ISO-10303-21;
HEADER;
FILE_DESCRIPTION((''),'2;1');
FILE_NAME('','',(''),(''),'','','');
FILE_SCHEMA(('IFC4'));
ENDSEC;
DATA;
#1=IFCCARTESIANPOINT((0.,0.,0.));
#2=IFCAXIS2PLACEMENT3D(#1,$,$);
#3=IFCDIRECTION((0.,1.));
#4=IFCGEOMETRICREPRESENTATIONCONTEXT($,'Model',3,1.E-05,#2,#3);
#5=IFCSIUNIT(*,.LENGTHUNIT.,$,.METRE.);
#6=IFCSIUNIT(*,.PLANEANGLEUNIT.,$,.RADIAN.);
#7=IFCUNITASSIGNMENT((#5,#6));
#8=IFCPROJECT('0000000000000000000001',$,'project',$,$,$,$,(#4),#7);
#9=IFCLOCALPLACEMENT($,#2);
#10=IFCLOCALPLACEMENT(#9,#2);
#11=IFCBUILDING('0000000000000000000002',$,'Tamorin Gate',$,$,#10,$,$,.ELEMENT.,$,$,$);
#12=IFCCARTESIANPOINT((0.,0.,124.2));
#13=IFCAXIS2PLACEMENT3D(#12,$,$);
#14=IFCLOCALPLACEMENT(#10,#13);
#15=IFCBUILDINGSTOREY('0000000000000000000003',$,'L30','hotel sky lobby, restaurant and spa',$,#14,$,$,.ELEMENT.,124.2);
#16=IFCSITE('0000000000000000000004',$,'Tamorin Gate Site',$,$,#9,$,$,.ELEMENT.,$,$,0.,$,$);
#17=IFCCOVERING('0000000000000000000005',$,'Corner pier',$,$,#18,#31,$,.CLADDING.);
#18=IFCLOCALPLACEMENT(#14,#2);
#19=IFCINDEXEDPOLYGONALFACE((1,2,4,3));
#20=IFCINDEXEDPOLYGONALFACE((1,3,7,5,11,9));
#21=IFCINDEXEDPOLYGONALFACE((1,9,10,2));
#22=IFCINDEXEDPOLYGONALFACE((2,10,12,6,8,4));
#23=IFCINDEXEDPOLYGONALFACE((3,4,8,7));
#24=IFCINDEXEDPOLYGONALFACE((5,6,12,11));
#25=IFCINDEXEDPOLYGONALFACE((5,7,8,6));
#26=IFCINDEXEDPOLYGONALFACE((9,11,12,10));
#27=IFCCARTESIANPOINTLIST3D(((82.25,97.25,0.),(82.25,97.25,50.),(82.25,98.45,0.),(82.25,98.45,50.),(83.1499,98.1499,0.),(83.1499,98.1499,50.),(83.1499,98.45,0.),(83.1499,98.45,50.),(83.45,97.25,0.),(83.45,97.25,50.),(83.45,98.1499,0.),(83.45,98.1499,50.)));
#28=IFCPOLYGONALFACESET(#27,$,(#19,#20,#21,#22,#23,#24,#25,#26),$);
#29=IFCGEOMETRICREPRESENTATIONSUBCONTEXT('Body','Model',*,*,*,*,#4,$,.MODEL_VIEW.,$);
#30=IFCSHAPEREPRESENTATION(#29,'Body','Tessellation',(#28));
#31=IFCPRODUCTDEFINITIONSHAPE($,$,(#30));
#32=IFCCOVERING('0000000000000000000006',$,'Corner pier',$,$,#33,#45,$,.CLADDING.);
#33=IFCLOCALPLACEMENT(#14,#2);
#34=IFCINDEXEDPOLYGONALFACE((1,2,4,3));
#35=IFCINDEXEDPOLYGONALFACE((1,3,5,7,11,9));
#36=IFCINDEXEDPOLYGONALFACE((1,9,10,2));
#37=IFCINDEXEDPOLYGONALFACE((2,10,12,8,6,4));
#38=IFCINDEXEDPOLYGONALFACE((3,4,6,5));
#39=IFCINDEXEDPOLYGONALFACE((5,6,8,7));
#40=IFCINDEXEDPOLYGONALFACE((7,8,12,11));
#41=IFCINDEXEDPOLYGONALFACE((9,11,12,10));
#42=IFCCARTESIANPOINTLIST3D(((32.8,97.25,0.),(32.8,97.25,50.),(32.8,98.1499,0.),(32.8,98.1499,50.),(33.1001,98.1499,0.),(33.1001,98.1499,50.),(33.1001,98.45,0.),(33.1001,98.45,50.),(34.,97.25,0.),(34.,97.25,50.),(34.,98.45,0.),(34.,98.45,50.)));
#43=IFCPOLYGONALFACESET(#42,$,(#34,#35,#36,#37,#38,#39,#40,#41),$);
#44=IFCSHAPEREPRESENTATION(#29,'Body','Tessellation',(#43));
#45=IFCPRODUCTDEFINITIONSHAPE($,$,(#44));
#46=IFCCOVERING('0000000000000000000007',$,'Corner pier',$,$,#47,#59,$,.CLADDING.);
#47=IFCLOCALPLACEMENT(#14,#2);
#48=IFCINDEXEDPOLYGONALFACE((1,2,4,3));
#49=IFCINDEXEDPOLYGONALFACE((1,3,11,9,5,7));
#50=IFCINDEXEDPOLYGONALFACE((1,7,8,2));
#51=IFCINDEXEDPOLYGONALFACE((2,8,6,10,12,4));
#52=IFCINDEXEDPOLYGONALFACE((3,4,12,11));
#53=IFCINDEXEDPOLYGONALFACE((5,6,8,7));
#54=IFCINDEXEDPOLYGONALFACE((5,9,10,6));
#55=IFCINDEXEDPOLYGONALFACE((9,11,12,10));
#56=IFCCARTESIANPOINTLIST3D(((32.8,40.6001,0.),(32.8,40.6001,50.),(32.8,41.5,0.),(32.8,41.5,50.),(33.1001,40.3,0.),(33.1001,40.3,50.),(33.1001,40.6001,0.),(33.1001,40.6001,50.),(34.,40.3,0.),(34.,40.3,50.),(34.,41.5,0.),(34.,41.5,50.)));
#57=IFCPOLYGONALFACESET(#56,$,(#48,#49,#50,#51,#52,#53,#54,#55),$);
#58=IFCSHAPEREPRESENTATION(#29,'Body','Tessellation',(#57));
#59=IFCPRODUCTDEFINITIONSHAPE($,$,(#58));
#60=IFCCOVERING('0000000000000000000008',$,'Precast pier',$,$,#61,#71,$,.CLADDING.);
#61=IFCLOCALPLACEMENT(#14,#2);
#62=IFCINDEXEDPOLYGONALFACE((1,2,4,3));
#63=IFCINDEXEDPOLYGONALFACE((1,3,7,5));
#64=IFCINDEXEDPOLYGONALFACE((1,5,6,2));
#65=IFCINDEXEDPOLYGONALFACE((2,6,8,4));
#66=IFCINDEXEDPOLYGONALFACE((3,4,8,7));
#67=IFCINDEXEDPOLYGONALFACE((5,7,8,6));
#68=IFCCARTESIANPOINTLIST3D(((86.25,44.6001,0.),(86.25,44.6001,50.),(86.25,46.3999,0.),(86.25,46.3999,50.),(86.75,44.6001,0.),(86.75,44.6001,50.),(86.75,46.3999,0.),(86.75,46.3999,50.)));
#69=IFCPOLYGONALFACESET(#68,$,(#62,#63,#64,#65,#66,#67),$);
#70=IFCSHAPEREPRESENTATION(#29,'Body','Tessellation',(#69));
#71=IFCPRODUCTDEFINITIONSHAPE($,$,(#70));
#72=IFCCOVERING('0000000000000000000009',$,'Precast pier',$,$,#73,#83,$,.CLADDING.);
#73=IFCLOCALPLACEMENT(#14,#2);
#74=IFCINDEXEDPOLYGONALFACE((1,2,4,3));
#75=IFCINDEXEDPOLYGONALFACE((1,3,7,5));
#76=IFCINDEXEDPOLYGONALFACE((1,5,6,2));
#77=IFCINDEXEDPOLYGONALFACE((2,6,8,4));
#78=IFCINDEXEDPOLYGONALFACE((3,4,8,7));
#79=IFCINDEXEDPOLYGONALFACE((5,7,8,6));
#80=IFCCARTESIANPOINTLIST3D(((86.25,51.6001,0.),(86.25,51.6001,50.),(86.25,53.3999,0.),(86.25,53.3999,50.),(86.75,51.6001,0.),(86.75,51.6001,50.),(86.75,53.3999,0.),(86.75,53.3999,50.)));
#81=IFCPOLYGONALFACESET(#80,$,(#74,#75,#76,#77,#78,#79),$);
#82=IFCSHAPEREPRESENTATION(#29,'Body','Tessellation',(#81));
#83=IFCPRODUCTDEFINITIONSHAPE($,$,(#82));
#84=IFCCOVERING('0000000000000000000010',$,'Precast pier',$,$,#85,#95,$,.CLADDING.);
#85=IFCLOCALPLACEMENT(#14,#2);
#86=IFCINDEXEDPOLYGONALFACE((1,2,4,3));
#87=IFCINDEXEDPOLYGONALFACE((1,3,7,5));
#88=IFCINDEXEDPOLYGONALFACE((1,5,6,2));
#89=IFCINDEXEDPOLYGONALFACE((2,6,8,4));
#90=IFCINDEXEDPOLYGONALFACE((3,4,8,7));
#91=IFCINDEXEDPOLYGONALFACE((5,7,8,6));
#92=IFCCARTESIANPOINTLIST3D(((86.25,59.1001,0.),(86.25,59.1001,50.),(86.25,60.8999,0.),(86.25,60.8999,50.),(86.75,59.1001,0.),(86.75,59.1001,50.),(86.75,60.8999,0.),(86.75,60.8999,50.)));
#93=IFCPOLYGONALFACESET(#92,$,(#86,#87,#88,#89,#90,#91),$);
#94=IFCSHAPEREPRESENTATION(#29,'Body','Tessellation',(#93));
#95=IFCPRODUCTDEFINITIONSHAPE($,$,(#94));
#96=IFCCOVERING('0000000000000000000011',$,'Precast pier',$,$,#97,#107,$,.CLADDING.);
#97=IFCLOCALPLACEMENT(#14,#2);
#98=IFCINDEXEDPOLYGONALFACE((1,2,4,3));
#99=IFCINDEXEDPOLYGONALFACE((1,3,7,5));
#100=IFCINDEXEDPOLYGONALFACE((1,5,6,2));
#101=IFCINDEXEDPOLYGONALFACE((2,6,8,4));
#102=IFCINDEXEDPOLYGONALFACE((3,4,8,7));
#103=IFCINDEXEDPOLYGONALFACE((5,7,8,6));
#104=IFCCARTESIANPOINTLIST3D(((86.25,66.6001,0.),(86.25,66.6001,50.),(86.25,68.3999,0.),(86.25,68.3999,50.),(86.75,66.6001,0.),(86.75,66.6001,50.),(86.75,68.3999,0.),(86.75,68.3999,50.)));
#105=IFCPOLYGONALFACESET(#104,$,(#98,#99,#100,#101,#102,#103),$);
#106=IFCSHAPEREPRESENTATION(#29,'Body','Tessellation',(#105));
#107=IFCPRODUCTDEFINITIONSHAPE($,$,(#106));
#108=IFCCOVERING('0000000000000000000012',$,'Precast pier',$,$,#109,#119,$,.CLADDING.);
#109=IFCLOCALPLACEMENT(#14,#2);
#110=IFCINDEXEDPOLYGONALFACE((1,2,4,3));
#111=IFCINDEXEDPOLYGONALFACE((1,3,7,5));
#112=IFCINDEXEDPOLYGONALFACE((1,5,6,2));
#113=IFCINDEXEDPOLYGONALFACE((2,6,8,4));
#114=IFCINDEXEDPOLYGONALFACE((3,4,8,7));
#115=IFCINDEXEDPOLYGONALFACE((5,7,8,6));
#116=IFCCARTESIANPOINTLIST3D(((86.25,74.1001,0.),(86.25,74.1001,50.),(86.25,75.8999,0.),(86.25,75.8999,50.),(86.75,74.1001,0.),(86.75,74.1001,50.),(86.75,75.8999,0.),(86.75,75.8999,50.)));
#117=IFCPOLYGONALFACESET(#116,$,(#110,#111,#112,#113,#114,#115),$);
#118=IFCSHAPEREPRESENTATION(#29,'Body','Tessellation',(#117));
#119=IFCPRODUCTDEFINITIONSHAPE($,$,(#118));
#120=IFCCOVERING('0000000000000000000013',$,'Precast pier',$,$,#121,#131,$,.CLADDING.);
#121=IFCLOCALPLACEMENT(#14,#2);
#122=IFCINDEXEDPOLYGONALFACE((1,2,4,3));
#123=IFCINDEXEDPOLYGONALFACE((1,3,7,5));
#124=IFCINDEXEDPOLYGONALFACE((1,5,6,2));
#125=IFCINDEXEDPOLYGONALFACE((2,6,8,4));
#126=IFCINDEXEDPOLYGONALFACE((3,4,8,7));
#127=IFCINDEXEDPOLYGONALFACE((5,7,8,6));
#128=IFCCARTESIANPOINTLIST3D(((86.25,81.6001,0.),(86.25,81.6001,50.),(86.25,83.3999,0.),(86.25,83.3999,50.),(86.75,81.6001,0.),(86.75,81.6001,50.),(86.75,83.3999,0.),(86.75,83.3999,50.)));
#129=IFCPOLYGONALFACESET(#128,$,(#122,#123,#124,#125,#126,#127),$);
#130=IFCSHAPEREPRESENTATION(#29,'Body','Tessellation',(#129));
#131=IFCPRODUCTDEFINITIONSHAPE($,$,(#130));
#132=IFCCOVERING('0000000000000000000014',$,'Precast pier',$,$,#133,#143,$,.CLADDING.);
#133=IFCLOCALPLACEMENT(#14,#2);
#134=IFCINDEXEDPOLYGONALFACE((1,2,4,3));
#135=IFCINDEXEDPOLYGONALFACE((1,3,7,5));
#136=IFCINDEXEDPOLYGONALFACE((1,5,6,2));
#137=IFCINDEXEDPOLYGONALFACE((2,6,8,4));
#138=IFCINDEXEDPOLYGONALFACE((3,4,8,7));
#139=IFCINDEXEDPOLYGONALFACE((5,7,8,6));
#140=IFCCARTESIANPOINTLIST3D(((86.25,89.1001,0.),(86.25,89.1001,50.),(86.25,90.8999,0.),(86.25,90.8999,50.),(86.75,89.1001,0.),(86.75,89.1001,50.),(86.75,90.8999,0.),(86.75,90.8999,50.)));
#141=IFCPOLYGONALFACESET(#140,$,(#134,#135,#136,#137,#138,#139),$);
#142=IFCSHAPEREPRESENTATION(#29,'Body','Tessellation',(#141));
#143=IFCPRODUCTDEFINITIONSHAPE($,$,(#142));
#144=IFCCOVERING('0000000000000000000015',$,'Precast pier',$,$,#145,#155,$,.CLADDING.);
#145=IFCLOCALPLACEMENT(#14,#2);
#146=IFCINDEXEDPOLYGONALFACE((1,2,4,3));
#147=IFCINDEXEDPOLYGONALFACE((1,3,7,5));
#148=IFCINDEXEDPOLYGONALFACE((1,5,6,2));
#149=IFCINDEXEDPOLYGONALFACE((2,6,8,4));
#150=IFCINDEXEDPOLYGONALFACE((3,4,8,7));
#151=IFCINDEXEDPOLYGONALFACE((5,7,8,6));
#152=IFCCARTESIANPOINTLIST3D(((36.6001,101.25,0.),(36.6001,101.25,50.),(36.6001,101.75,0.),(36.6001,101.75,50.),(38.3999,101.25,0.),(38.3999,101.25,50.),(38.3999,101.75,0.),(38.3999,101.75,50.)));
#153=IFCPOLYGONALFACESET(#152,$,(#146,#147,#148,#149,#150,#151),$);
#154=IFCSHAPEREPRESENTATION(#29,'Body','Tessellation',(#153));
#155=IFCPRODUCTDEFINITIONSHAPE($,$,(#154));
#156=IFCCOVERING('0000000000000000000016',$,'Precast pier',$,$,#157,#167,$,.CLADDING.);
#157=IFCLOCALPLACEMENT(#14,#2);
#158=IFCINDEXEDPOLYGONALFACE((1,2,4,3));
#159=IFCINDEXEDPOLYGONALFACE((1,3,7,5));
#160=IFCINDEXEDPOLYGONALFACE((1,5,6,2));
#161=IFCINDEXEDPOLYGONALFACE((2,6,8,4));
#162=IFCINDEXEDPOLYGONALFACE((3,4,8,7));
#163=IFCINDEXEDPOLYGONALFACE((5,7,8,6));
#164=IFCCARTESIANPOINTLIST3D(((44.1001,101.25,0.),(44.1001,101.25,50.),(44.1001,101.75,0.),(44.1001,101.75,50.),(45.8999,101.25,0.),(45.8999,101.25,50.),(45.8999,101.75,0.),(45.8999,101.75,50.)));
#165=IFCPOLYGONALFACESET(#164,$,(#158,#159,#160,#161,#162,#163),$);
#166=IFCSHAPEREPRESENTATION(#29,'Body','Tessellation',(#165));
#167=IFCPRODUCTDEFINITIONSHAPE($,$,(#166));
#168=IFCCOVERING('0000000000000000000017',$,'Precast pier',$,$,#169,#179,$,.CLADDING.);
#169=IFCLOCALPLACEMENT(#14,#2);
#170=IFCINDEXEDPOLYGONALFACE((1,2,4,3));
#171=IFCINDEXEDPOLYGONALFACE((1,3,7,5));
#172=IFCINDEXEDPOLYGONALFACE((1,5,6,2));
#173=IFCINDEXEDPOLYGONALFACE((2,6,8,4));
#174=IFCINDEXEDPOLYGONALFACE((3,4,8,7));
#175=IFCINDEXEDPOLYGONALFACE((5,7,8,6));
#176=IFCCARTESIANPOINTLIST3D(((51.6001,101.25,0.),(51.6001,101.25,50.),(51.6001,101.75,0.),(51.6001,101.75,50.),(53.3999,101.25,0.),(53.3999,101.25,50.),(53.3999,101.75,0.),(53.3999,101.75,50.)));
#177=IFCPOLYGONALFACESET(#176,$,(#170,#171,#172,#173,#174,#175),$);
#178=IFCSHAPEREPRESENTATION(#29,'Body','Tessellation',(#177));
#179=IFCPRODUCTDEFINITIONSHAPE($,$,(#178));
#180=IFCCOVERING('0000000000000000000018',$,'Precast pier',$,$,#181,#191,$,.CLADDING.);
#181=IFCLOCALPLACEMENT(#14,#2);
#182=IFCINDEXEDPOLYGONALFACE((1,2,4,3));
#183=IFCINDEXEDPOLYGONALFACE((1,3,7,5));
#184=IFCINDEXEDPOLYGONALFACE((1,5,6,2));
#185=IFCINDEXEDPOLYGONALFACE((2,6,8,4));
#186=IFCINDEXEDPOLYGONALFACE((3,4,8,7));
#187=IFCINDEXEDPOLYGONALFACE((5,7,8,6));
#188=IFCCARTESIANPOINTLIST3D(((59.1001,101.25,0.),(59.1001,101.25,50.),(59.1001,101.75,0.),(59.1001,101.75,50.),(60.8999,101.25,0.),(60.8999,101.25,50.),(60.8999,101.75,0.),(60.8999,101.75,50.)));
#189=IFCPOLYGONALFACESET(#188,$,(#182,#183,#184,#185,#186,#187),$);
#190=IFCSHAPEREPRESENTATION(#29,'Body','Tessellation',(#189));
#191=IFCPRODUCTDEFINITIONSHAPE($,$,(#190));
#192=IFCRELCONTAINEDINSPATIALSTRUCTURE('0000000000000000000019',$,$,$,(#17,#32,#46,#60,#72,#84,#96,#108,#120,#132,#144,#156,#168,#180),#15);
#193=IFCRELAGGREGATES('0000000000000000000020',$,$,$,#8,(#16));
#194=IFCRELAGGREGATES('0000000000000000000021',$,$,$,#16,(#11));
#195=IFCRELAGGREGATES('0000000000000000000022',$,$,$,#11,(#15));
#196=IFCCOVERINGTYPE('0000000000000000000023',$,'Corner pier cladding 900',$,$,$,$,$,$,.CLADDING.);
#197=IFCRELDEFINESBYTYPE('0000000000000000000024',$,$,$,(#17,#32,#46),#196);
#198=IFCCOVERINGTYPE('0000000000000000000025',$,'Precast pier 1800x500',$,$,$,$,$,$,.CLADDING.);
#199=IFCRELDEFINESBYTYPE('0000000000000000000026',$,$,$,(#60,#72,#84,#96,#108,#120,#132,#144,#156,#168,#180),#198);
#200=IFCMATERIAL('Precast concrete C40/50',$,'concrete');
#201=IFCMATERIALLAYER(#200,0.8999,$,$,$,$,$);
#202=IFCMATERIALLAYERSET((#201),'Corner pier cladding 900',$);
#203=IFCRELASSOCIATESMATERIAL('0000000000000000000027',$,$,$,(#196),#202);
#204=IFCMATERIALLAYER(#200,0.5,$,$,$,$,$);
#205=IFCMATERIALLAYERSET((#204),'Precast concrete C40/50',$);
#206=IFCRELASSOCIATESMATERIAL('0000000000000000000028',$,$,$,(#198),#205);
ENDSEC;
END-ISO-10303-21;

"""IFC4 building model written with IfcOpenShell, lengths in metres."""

from ifc_helpers import new_model, si_unit, direction, frame, origin, place, context, subcontext, project, spatial, polyline, outline, extrude, material, layer, layer_set, type_object, element, save


model = new_model("IFC4")

# Units and contexts
model_context = context("Model", 3, precision=1e-05, world=origin(), true_north=direction((0.0, 1.0)))
body_context = subcontext(model_context, "Body", "Model", "MODEL_VIEW")
ifc_project = project(units=[si_unit("LENGTHUNIT", "METRE"), si_unit("PLANEANGLEUNIT", "RADIAN")], contexts=[model_context])

# Site, building, storey
site_placement = place(None, origin())
site = spatial("IfcSite", under=ifc_project, at=site_placement, Name="Tamorin Gate Site", CompositionType="ELEMENT", RefElevation=0.0)
building_placement = place(site_placement, origin())
building = spatial("IfcBuilding", under=site, at=building_placement, Name="Tamorin Gate", CompositionType="ELEMENT")
storey_placement = place(building_placement, frame((0.0, 0.0, 124.2)))
storey = spatial("IfcBuildingStorey", under=building, at=storey_placement, Name="L30", Description="hotel sky lobby, restaurant and spa", CompositionType="ELEMENT", Elevation=124.2)

# Coverings
ifc_material_1 = material(Name="Precast concrete C40/50", Category="concrete")
ifc_layer_1 = layer(ifc_material_1, 0.8999)
ifc_layer_set_1 = layer_set([ifc_layer_1], Name="Corner pier cladding 900")
covering_type_1 = type_object("IfcCoveringType", Name="Corner pier cladding 900", PredefinedType="CLADDING", material=ifc_layer_set_1)
covering_1_placement = place(storey_placement, origin())
element("IfcCovering", 1, at=covering_1_placement, inside=storey, type_object=covering_type_1, Name="Corner pier", PredefinedType="CLADDING", context=body_context, shape_type="SweptSolid", body=[
    extrude(outline(polyline([(83.1499, 98.1499), (83.45, 98.1499), (83.45, 97.25), (82.25, 97.25), (82.25, 98.45), (83.1499, 98.45), (83.1499, 98.1499)])), origin(), (0.0, 0.0, 1.0), 50.0),
])
covering_2_placement = place(storey_placement, origin())
element("IfcCovering", 2, at=covering_2_placement, inside=storey, type_object=covering_type_1, Name="Corner pier", PredefinedType="CLADDING", context=body_context, shape_type="SweptSolid", body=[
    extrude(outline(polyline([(33.1001, 98.1499), (33.1001, 98.45), (34.0, 98.45), (34.0, 97.25), (32.8, 97.25), (32.8, 98.1499), (33.1001, 98.1499)])), origin(), (0.0, 0.0, 1.0), 50.0),
])
covering_3_placement = place(storey_placement, origin())
element("IfcCovering", 3, at=covering_3_placement, inside=storey, type_object=covering_type_1, Name="Corner pier", PredefinedType="CLADDING", context=body_context, shape_type="SweptSolid", body=[
    extrude(outline(polyline([(32.8, 40.6001), (32.8, 41.5), (34.0, 41.5), (34.0, 40.3), (33.1001, 40.3), (33.1001, 40.6001), (32.8, 40.6001)])), origin(), (0.0, 0.0, 1.0), 50.0),
])
ifc_layer_2 = layer(ifc_material_1, 0.5)
ifc_layer_set_2 = layer_set([ifc_layer_2], Name="Precast concrete C40/50")
covering_type_2 = type_object("IfcCoveringType", Name="Precast pier 1800x500", PredefinedType="CLADDING", material=ifc_layer_set_2)
covering_4_placement = place(storey_placement, origin())
element("IfcCovering", 4, at=covering_4_placement, inside=storey, type_object=covering_type_2, Name="Precast pier", PredefinedType="CLADDING", context=body_context, shape_type="SweptSolid", body=[
    extrude(outline(polyline([(86.25, 44.6001), (86.25, 46.3999), (86.75, 46.3999), (86.75, 44.6001), (86.25, 44.6001)])), origin(), (0.0, 0.0, 1.0), 50.0),
])
covering_5_placement = place(storey_placement, origin())
element("IfcCovering", 5, at=covering_5_placement, inside=storey, type_object=covering_type_2, Name="Precast pier", PredefinedType="CLADDING", context=body_context, shape_type="SweptSolid", body=[
    extrude(outline(polyline([(86.25, 51.6001), (86.25, 53.3999), (86.75, 53.3999), (86.75, 51.6001), (86.25, 51.6001)])), origin(), (0.0, 0.0, 1.0), 50.0),
])
covering_6_placement = place(storey_placement, origin())
element("IfcCovering", 6, at=covering_6_placement, inside=storey, type_object=covering_type_2, Name="Precast pier", PredefinedType="CLADDING", context=body_context, shape_type="SweptSolid", body=[
    extrude(outline(polyline([(86.25, 59.1001), (86.25, 60.8999), (86.75, 60.8999), (86.75, 59.1001), (86.25, 59.1001)])), origin(), (0.0, 0.0, 1.0), 50.0),
])
covering_7_placement = place(storey_placement, origin())
element("IfcCovering", 7, at=covering_7_placement, inside=storey, type_object=covering_type_2, Name="Precast pier", PredefinedType="CLADDING", context=body_context, shape_type="SweptSolid", body=[
    extrude(outline(polyline([(86.25, 66.6001), (86.25, 68.3999), (86.75, 68.3999), (86.75, 66.6001), (86.25, 66.6001)])), origin(), (0.0, 0.0, 1.0), 50.0),
])
covering_8_placement = place(storey_placement, origin())
element("IfcCovering", 8, at=covering_8_placement, inside=storey, type_object=covering_type_2, Name="Precast pier", PredefinedType="CLADDING", context=body_context, shape_type="SweptSolid", body=[
    extrude(outline(polyline([(86.25, 74.1001), (86.25, 75.8999), (86.75, 75.8999), (86.75, 74.1001), (86.25, 74.1001)])), origin(), (0.0, 0.0, 1.0), 50.0),
])
covering_9_placement = place(storey_placement, origin())
element("IfcCovering", 9, at=covering_9_placement, inside=storey, type_object=covering_type_2, Name="Precast pier", PredefinedType="CLADDING", context=body_context, shape_type="SweptSolid", body=[
    extrude(outline(polyline([(86.25, 81.6001), (86.25, 83.3999), (86.75, 83.3999), (86.75, 81.6001), (86.25, 81.6001)])), origin(), (0.0, 0.0, 1.0), 50.0),
])
covering_10_placement = place(storey_placement, origin())
element("IfcCovering", 10, at=covering_10_placement, inside=storey, type_object=covering_type_2, Name="Precast pier", PredefinedType="CLADDING", context=body_context, shape_type="SweptSolid", body=[
    extrude(outline(polyline([(86.25, 89.1001), (86.25, 90.8999), (86.75, 90.8999), (86.75, 89.1001), (86.25, 89.1001)])), origin(), (0.0, 0.0, 1.0), 50.0),
])
covering_11_placement = place(storey_placement, origin())
element("IfcCovering", 11, at=covering_11_placement, inside=storey, type_object=covering_type_2, Name="Precast pier", PredefinedType="CLADDING", context=body_context, shape_type="SweptSolid", body=[
    extrude(outline(polyline([(38.3999, 101.25), (36.6001, 101.25), (36.6001, 101.75), (38.3999, 101.75), (38.3999, 101.25)])), origin(), (0.0, 0.0, 1.0), 50.0),
])
covering_12_placement = place(storey_placement, origin())
element("IfcCovering", 12, at=covering_12_placement, inside=storey, type_object=covering_type_2, Name="Precast pier", PredefinedType="CLADDING", context=body_context, shape_type="SweptSolid", body=[
    extrude(outline(polyline([(45.8999, 101.25), (44.1001, 101.25), (44.1001, 101.75), (45.8999, 101.75), (45.8999, 101.25)])), origin(), (0.0, 0.0, 1.0), 50.0),
])
covering_13_placement = place(storey_placement, origin())
element("IfcCovering", 13, at=covering_13_placement, inside=storey, type_object=covering_type_2, Name="Precast pier", PredefinedType="CLADDING", context=body_context, shape_type="SweptSolid", body=[
    extrude(outline(polyline([(53.3999, 101.25), (51.6001, 101.25), (51.6001, 101.75), (53.3999, 101.75), (53.3999, 101.25)])), origin(), (0.0, 0.0, 1.0), 50.0),
])
covering_14_placement = place(storey_placement, origin())
element("IfcCovering", 14, at=covering_14_placement, inside=storey, type_object=covering_type_2, Name="Precast pier", PredefinedType="CLADDING", context=body_context, shape_type="SweptSolid", body=[
    extrude(outline(polyline([(60.8999, 101.25), (59.1001, 101.25), (59.1001, 101.75), (60.8999, 101.75), (60.8999, 101.25)])), origin(), (0.0, 0.0, 1.0), 50.0),
])

save(model, "model.ifc")
